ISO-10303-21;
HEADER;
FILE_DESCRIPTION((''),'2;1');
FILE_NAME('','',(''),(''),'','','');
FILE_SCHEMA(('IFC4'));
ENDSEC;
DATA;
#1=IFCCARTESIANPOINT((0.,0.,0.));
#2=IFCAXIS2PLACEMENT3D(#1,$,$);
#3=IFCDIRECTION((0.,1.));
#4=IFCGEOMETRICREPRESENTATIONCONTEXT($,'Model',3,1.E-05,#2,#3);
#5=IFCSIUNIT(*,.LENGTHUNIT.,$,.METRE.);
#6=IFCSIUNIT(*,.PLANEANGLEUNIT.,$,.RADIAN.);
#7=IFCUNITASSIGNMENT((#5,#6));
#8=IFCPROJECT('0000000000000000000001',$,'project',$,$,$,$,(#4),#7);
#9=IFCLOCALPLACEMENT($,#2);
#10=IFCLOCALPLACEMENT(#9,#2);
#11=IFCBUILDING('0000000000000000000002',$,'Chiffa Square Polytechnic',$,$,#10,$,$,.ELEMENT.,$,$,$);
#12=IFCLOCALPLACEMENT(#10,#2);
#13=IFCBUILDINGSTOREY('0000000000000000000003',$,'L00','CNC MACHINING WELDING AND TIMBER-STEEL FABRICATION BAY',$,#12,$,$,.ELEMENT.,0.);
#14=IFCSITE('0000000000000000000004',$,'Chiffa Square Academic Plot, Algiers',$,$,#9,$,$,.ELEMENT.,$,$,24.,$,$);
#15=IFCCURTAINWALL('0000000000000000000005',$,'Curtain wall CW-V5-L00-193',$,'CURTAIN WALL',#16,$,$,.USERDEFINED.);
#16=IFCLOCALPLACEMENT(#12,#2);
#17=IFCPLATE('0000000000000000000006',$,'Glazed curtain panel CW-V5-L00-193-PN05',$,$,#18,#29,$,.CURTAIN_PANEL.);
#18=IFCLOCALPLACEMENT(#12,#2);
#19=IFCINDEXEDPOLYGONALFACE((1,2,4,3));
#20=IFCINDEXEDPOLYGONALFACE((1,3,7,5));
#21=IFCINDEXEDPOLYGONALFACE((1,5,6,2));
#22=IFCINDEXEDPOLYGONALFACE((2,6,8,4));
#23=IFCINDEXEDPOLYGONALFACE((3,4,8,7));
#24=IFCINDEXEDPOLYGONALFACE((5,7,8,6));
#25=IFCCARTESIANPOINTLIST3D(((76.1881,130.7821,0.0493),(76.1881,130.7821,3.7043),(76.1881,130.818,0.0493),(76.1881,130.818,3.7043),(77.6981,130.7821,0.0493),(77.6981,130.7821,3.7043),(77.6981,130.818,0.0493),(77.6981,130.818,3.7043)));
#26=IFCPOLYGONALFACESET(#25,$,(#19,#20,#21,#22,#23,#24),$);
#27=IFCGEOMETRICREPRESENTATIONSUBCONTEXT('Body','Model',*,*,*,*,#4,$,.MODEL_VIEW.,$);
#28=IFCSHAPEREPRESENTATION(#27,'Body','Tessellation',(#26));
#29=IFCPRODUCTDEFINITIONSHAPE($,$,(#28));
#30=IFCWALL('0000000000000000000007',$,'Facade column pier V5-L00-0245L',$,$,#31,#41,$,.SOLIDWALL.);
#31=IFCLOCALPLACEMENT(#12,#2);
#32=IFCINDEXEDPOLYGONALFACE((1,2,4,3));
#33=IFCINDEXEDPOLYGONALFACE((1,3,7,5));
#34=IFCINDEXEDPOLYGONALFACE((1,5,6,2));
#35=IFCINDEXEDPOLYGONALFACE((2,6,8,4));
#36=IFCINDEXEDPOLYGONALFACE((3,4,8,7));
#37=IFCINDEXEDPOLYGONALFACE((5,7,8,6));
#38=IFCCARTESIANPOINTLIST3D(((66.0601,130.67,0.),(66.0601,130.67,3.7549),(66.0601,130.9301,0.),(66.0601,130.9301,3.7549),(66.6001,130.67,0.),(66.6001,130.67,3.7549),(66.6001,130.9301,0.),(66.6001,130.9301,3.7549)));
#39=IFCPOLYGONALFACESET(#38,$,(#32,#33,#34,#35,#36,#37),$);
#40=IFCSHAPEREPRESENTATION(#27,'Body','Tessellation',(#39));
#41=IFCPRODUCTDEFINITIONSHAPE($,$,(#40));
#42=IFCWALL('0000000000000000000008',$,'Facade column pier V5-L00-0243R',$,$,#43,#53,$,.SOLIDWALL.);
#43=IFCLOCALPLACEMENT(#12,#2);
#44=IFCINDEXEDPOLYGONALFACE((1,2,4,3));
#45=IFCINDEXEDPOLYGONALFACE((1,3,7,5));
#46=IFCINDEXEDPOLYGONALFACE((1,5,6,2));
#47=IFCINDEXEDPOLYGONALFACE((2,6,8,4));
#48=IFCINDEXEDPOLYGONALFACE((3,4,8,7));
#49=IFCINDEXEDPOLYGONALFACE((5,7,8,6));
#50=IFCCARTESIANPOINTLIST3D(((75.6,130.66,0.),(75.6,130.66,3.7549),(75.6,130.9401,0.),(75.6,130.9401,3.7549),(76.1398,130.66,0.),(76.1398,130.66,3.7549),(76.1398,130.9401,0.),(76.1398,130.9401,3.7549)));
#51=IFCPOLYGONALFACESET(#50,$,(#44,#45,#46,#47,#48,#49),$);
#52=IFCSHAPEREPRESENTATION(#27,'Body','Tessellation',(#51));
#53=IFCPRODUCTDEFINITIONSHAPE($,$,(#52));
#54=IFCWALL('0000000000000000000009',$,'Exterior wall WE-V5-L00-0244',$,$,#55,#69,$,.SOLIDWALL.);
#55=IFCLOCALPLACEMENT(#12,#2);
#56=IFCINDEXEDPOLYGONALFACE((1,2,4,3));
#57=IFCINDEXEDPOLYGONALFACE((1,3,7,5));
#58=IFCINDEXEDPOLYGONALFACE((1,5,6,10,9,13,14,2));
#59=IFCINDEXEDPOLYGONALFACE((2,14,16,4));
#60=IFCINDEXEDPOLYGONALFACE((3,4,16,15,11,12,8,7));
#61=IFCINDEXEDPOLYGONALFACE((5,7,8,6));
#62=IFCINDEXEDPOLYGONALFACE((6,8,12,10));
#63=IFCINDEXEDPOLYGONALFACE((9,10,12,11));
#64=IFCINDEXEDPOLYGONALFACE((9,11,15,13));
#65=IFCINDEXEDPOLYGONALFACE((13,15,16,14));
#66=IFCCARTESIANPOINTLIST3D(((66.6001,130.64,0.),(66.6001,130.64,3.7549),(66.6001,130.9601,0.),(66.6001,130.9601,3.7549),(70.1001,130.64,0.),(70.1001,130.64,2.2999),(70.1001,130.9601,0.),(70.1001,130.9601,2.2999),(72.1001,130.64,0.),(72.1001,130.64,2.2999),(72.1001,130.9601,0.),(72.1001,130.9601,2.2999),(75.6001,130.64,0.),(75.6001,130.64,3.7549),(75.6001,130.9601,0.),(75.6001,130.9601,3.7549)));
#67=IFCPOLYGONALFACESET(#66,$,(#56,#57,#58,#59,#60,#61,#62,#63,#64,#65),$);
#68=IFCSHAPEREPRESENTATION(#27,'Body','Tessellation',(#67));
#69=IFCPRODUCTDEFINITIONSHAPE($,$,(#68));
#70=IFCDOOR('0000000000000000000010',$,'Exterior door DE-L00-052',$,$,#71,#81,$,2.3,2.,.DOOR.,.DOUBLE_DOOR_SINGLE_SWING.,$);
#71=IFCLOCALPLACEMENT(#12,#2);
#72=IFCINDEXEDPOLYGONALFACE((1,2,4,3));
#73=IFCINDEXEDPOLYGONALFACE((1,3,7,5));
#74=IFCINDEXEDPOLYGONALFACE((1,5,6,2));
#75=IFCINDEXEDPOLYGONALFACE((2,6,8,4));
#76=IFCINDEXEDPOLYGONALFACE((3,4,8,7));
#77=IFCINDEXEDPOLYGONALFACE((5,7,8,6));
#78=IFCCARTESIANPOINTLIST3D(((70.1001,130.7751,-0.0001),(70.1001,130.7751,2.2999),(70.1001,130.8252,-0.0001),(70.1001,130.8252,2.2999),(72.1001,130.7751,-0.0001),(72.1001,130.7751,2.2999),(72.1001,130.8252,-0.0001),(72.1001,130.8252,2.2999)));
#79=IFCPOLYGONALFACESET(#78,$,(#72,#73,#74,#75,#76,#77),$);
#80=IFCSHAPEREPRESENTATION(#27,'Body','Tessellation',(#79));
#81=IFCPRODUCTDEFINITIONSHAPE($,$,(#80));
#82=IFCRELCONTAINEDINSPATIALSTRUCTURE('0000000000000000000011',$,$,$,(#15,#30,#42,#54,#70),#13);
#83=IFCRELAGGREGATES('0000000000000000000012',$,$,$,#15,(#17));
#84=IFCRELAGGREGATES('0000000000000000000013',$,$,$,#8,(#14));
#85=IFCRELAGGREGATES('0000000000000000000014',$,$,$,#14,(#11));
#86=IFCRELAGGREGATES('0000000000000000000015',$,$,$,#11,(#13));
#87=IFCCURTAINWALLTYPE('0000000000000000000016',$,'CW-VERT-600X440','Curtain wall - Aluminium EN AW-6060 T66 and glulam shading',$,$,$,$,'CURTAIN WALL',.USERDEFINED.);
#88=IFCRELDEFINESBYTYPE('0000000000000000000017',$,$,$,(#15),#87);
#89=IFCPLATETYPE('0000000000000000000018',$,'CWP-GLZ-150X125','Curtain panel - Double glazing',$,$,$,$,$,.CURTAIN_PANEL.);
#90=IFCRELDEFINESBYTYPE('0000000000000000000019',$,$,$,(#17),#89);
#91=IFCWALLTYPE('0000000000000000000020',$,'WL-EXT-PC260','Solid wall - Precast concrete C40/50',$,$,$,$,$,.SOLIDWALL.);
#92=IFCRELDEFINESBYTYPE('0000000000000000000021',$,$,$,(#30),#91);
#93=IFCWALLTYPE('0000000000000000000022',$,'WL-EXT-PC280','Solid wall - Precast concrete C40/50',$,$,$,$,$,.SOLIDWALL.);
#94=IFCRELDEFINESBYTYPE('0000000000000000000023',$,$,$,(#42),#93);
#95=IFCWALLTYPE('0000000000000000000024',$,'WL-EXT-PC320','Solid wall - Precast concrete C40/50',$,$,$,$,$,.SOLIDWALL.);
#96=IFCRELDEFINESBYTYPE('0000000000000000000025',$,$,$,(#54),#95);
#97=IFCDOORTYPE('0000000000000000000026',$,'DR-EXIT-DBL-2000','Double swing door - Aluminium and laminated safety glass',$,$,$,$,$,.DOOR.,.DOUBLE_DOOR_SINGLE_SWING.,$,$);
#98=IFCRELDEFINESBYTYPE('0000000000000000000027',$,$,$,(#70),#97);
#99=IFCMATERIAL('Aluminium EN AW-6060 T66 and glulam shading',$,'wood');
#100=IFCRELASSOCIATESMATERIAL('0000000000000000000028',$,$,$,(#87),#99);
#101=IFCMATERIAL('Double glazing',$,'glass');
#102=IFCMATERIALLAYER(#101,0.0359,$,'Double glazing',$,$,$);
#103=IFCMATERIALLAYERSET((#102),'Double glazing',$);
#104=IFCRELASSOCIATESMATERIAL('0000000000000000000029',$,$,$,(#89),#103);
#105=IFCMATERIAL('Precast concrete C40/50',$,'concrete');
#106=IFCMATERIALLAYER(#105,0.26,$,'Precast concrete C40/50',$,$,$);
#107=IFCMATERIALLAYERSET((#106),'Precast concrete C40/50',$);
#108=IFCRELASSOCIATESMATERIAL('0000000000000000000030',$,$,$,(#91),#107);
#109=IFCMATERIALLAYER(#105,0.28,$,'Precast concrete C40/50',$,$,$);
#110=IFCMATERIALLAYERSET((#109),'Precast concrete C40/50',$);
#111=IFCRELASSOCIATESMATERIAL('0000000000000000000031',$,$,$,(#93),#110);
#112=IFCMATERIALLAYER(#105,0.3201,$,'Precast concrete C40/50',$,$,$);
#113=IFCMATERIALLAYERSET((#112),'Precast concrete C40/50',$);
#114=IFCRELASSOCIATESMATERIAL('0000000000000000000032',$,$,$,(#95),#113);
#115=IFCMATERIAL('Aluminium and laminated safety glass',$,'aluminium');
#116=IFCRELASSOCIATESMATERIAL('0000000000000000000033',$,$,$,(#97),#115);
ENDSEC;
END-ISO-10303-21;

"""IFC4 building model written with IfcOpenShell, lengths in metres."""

from ifc_helpers import new_model, si_unit, direction, frame, frame_2d, origin, origin_2d, place, context, subcontext, project, spatial, rectangle, extrude, material, layer, layer_set, type_object, element, fill, aggregate, save


model = new_model("IFC4")

# Units and contexts
model_context = context("Model", 3, precision=1e-05, world=origin(), true_north=direction((0.0, 1.0)))
body_context = subcontext(model_context, "Body", "Model", "MODEL_VIEW")
ifc_project = project(units=[si_unit("LENGTHUNIT", "METRE"), si_unit("PLANEANGLEUNIT", "RADIAN")], contexts=[model_context])

# Site, building, storey
site_placement = place(None, origin())
site = spatial("IfcSite", under=ifc_project, at=site_placement, Name="Chiffa Square Academic Plot, Algiers", CompositionType="ELEMENT", RefElevation=24.0)
building_placement = place(site_placement, origin())
building = spatial("IfcBuilding", under=site, at=building_placement, Name="Chiffa Square Polytechnic", CompositionType="ELEMENT")
storey_placement = place(building_placement, origin())
storey = spatial("IfcBuildingStorey", under=building, at=storey_placement, Name="L00", Description="CNC MACHINING WELDING AND TIMBER-STEEL FABRICATION BAY", CompositionType="ELEMENT", Elevation=0.0)

# Curtain wall
ifc_material_1 = material(Name="Aluminium EN AW-6060 T66 and glulam shading", Category="wood")
curtain_wall_type = type_object("IfcCurtainWallType", Name="CW-VERT-600X440", Description="Curtain wall - Aluminium EN AW-6060 T66 and glulam shading", ElementType="CURTAIN WALL", PredefinedType="USERDEFINED", material=ifc_material_1)
curtain_wall_placement = place(storey_placement, origin())
curtain_wall = element("IfcCurtainWall", 1, at=curtain_wall_placement, inside=storey, type_object=curtain_wall_type, Name="Curtain wall CW-V5-L00-193", ObjectType="CURTAIN WALL", PredefinedType="USERDEFINED")

# Plate
ifc_material_2 = material(Name="Double glazing", Category="glass")
ifc_layer_1 = layer(ifc_material_2, 0.0359, Name="Double glazing")
ifc_layer_set_1 = layer_set([ifc_layer_1], Name="Double glazing")
plate_type = type_object("IfcPlateType", Name="CWP-GLZ-150X125", Description="Curtain panel - Double glazing", PredefinedType="CURTAIN_PANEL", material=ifc_layer_set_1)
plate_1_placement = place(storey_placement, frame((76.9431, 130.8, 0.0493), z_axis=(0.0, 0.0, 1.0), x_axis=(-1.0, 0.0, 0.0)))
plate_1 = element("IfcPlate", 2, at=plate_1_placement, type_object=plate_type, Name="Glazed curtain panel CW-V5-L00-193-PN05", PredefinedType="CURTAIN_PANEL", context=body_context, shape_type="SweptSolid", body=[
    extrude(rectangle(XDim=1.51, YDim=0.0359, at=origin_2d()), origin(), (0.0, 0.0, 1.0), 3.655),
])
aggregate(curtain_wall, [plate_1])

# Walls
ifc_material_3 = material(Name="Precast concrete C40/50", Category="concrete")
ifc_layer_2 = layer(ifc_material_3, 0.26, Name="Precast concrete C40/50")
ifc_layer_set_2 = layer_set([ifc_layer_2], Name="Precast concrete C40/50")
wall_type_1 = type_object("IfcWallType", Name="WL-EXT-PC260", Description="Solid wall - Precast concrete C40/50", PredefinedType="SOLIDWALL", material=ifc_layer_set_2)
wall_1_placement = place(storey_placement, frame((66.6001, 130.8, 0.0), z_axis=(0.0, 0.0, 1.0), x_axis=(-1.0, 0.0, 0.0)))
element("IfcWall", 3, at=wall_1_placement, inside=storey, type_object=wall_type_1, Name="Facade column pier V5-L00-0245L", PredefinedType="SOLIDWALL", context=body_context, shape_type="SweptSolid", body=[
    extrude(rectangle(XDim=0.54, YDim=0.26, at=frame_2d((0.27, 0.0))), origin(), (0.0, 0.0, 1.0), 3.7549),
])
ifc_layer_3 = layer(ifc_material_3, 0.28, Name="Precast concrete C40/50")
ifc_layer_set_3 = layer_set([ifc_layer_3], Name="Precast concrete C40/50")
wall_type_2 = type_object("IfcWallType", Name="WL-EXT-PC280", Description="Solid wall - Precast concrete C40/50", PredefinedType="SOLIDWALL", material=ifc_layer_set_3)
wall_2_placement = place(storey_placement, frame((76.1399, 130.8, 0.0), z_axis=(0.0, 0.0, 1.0), x_axis=(-1.0, 0.0, 0.0)))
element("IfcWall", 4, at=wall_2_placement, inside=storey, type_object=wall_type_2, Name="Facade column pier V5-L00-0243R", PredefinedType="SOLIDWALL", context=body_context, shape_type="SweptSolid", body=[
    extrude(rectangle(XDim=0.5398, YDim=0.28, at=frame_2d((0.27, 0.0))), origin(), (0.0, 0.0, 1.0), 3.7549),
])

# Wall, opening, door
ifc_layer_4 = layer(ifc_material_3, 0.3201, Name="Precast concrete C40/50")
ifc_layer_set_4 = layer_set([ifc_layer_4], Name="Precast concrete C40/50")
wall_type_3 = type_object("IfcWallType", Name="WL-EXT-PC320", Description="Solid wall - Precast concrete C40/50", PredefinedType="SOLIDWALL", material=ifc_layer_set_4)
wall_3_placement = place(storey_placement, frame((75.6001, 130.8, 0.0), z_axis=(0.0, 0.0, 1.0), x_axis=(-1.0, 0.0, 0.0)))
wall_3 = element("IfcWall", 5, at=wall_3_placement, inside=storey, type_object=wall_type_3, Name="Exterior wall WE-V5-L00-0244", PredefinedType="SOLIDWALL", context=body_context, shape_type="SweptSolid", body=[
    extrude(rectangle(XDim=9.0, YDim=0.3201, at=frame_2d((4.5, 0.0))), origin(), (0.0, 0.0, 1.0), 3.7549),
])
opening_placement = place(wall_3_placement, frame((3.5, 0.0, 0.0)))
opening = element("IfcOpeningElement", 6, at=opening_placement, cuts=wall_3, PredefinedType="OPENING", context=body_context, shape_type="SweptSolid", body=[
    extrude(rectangle(XDim=2.0, YDim=2.3, at=frame_2d((1.0, 1.1499))), frame((0.0, 0.1699, 0.0), z_axis=(0.0, -1.0, 0.0), x_axis=(1.0, 0.0, 0.0)), (0.0, 0.0, 1.0), 0.3401),
])
ifc_material_4 = material(Name="Aluminium and laminated safety glass", Category="aluminium")
door_type = type_object("IfcDoorType", Name="DR-EXIT-DBL-2000", Description="Double swing door - Aluminium and laminated safety glass", OperationType="DOUBLE_DOOR_SINGLE_SWING", PredefinedType="DOOR", material=ifc_material_4)
door_placement = place(opening_placement, origin())
door = element("IfcDoor", 7, at=door_placement, inside=storey, type_object=door_type, Name="Exterior door DE-L00-052", OperationType="DOUBLE_DOOR_SINGLE_SWING", OverallHeight=2.3, OverallWidth=2.0, PredefinedType="DOOR", context=body_context, shape_type="SweptSolid", body=[
    extrude(rectangle(XDim=2.0, YDim=2.3, at=frame_2d((1.0, 1.1499))), frame((0.0, 0.0249, 0.0), z_axis=(0.0, -1.0, 0.0), x_axis=(1.0, 0.0, 0.0)), (0.0, 0.0, 1.0), 0.05),
])
fill(opening, door)

save(model, "model.ifc")
